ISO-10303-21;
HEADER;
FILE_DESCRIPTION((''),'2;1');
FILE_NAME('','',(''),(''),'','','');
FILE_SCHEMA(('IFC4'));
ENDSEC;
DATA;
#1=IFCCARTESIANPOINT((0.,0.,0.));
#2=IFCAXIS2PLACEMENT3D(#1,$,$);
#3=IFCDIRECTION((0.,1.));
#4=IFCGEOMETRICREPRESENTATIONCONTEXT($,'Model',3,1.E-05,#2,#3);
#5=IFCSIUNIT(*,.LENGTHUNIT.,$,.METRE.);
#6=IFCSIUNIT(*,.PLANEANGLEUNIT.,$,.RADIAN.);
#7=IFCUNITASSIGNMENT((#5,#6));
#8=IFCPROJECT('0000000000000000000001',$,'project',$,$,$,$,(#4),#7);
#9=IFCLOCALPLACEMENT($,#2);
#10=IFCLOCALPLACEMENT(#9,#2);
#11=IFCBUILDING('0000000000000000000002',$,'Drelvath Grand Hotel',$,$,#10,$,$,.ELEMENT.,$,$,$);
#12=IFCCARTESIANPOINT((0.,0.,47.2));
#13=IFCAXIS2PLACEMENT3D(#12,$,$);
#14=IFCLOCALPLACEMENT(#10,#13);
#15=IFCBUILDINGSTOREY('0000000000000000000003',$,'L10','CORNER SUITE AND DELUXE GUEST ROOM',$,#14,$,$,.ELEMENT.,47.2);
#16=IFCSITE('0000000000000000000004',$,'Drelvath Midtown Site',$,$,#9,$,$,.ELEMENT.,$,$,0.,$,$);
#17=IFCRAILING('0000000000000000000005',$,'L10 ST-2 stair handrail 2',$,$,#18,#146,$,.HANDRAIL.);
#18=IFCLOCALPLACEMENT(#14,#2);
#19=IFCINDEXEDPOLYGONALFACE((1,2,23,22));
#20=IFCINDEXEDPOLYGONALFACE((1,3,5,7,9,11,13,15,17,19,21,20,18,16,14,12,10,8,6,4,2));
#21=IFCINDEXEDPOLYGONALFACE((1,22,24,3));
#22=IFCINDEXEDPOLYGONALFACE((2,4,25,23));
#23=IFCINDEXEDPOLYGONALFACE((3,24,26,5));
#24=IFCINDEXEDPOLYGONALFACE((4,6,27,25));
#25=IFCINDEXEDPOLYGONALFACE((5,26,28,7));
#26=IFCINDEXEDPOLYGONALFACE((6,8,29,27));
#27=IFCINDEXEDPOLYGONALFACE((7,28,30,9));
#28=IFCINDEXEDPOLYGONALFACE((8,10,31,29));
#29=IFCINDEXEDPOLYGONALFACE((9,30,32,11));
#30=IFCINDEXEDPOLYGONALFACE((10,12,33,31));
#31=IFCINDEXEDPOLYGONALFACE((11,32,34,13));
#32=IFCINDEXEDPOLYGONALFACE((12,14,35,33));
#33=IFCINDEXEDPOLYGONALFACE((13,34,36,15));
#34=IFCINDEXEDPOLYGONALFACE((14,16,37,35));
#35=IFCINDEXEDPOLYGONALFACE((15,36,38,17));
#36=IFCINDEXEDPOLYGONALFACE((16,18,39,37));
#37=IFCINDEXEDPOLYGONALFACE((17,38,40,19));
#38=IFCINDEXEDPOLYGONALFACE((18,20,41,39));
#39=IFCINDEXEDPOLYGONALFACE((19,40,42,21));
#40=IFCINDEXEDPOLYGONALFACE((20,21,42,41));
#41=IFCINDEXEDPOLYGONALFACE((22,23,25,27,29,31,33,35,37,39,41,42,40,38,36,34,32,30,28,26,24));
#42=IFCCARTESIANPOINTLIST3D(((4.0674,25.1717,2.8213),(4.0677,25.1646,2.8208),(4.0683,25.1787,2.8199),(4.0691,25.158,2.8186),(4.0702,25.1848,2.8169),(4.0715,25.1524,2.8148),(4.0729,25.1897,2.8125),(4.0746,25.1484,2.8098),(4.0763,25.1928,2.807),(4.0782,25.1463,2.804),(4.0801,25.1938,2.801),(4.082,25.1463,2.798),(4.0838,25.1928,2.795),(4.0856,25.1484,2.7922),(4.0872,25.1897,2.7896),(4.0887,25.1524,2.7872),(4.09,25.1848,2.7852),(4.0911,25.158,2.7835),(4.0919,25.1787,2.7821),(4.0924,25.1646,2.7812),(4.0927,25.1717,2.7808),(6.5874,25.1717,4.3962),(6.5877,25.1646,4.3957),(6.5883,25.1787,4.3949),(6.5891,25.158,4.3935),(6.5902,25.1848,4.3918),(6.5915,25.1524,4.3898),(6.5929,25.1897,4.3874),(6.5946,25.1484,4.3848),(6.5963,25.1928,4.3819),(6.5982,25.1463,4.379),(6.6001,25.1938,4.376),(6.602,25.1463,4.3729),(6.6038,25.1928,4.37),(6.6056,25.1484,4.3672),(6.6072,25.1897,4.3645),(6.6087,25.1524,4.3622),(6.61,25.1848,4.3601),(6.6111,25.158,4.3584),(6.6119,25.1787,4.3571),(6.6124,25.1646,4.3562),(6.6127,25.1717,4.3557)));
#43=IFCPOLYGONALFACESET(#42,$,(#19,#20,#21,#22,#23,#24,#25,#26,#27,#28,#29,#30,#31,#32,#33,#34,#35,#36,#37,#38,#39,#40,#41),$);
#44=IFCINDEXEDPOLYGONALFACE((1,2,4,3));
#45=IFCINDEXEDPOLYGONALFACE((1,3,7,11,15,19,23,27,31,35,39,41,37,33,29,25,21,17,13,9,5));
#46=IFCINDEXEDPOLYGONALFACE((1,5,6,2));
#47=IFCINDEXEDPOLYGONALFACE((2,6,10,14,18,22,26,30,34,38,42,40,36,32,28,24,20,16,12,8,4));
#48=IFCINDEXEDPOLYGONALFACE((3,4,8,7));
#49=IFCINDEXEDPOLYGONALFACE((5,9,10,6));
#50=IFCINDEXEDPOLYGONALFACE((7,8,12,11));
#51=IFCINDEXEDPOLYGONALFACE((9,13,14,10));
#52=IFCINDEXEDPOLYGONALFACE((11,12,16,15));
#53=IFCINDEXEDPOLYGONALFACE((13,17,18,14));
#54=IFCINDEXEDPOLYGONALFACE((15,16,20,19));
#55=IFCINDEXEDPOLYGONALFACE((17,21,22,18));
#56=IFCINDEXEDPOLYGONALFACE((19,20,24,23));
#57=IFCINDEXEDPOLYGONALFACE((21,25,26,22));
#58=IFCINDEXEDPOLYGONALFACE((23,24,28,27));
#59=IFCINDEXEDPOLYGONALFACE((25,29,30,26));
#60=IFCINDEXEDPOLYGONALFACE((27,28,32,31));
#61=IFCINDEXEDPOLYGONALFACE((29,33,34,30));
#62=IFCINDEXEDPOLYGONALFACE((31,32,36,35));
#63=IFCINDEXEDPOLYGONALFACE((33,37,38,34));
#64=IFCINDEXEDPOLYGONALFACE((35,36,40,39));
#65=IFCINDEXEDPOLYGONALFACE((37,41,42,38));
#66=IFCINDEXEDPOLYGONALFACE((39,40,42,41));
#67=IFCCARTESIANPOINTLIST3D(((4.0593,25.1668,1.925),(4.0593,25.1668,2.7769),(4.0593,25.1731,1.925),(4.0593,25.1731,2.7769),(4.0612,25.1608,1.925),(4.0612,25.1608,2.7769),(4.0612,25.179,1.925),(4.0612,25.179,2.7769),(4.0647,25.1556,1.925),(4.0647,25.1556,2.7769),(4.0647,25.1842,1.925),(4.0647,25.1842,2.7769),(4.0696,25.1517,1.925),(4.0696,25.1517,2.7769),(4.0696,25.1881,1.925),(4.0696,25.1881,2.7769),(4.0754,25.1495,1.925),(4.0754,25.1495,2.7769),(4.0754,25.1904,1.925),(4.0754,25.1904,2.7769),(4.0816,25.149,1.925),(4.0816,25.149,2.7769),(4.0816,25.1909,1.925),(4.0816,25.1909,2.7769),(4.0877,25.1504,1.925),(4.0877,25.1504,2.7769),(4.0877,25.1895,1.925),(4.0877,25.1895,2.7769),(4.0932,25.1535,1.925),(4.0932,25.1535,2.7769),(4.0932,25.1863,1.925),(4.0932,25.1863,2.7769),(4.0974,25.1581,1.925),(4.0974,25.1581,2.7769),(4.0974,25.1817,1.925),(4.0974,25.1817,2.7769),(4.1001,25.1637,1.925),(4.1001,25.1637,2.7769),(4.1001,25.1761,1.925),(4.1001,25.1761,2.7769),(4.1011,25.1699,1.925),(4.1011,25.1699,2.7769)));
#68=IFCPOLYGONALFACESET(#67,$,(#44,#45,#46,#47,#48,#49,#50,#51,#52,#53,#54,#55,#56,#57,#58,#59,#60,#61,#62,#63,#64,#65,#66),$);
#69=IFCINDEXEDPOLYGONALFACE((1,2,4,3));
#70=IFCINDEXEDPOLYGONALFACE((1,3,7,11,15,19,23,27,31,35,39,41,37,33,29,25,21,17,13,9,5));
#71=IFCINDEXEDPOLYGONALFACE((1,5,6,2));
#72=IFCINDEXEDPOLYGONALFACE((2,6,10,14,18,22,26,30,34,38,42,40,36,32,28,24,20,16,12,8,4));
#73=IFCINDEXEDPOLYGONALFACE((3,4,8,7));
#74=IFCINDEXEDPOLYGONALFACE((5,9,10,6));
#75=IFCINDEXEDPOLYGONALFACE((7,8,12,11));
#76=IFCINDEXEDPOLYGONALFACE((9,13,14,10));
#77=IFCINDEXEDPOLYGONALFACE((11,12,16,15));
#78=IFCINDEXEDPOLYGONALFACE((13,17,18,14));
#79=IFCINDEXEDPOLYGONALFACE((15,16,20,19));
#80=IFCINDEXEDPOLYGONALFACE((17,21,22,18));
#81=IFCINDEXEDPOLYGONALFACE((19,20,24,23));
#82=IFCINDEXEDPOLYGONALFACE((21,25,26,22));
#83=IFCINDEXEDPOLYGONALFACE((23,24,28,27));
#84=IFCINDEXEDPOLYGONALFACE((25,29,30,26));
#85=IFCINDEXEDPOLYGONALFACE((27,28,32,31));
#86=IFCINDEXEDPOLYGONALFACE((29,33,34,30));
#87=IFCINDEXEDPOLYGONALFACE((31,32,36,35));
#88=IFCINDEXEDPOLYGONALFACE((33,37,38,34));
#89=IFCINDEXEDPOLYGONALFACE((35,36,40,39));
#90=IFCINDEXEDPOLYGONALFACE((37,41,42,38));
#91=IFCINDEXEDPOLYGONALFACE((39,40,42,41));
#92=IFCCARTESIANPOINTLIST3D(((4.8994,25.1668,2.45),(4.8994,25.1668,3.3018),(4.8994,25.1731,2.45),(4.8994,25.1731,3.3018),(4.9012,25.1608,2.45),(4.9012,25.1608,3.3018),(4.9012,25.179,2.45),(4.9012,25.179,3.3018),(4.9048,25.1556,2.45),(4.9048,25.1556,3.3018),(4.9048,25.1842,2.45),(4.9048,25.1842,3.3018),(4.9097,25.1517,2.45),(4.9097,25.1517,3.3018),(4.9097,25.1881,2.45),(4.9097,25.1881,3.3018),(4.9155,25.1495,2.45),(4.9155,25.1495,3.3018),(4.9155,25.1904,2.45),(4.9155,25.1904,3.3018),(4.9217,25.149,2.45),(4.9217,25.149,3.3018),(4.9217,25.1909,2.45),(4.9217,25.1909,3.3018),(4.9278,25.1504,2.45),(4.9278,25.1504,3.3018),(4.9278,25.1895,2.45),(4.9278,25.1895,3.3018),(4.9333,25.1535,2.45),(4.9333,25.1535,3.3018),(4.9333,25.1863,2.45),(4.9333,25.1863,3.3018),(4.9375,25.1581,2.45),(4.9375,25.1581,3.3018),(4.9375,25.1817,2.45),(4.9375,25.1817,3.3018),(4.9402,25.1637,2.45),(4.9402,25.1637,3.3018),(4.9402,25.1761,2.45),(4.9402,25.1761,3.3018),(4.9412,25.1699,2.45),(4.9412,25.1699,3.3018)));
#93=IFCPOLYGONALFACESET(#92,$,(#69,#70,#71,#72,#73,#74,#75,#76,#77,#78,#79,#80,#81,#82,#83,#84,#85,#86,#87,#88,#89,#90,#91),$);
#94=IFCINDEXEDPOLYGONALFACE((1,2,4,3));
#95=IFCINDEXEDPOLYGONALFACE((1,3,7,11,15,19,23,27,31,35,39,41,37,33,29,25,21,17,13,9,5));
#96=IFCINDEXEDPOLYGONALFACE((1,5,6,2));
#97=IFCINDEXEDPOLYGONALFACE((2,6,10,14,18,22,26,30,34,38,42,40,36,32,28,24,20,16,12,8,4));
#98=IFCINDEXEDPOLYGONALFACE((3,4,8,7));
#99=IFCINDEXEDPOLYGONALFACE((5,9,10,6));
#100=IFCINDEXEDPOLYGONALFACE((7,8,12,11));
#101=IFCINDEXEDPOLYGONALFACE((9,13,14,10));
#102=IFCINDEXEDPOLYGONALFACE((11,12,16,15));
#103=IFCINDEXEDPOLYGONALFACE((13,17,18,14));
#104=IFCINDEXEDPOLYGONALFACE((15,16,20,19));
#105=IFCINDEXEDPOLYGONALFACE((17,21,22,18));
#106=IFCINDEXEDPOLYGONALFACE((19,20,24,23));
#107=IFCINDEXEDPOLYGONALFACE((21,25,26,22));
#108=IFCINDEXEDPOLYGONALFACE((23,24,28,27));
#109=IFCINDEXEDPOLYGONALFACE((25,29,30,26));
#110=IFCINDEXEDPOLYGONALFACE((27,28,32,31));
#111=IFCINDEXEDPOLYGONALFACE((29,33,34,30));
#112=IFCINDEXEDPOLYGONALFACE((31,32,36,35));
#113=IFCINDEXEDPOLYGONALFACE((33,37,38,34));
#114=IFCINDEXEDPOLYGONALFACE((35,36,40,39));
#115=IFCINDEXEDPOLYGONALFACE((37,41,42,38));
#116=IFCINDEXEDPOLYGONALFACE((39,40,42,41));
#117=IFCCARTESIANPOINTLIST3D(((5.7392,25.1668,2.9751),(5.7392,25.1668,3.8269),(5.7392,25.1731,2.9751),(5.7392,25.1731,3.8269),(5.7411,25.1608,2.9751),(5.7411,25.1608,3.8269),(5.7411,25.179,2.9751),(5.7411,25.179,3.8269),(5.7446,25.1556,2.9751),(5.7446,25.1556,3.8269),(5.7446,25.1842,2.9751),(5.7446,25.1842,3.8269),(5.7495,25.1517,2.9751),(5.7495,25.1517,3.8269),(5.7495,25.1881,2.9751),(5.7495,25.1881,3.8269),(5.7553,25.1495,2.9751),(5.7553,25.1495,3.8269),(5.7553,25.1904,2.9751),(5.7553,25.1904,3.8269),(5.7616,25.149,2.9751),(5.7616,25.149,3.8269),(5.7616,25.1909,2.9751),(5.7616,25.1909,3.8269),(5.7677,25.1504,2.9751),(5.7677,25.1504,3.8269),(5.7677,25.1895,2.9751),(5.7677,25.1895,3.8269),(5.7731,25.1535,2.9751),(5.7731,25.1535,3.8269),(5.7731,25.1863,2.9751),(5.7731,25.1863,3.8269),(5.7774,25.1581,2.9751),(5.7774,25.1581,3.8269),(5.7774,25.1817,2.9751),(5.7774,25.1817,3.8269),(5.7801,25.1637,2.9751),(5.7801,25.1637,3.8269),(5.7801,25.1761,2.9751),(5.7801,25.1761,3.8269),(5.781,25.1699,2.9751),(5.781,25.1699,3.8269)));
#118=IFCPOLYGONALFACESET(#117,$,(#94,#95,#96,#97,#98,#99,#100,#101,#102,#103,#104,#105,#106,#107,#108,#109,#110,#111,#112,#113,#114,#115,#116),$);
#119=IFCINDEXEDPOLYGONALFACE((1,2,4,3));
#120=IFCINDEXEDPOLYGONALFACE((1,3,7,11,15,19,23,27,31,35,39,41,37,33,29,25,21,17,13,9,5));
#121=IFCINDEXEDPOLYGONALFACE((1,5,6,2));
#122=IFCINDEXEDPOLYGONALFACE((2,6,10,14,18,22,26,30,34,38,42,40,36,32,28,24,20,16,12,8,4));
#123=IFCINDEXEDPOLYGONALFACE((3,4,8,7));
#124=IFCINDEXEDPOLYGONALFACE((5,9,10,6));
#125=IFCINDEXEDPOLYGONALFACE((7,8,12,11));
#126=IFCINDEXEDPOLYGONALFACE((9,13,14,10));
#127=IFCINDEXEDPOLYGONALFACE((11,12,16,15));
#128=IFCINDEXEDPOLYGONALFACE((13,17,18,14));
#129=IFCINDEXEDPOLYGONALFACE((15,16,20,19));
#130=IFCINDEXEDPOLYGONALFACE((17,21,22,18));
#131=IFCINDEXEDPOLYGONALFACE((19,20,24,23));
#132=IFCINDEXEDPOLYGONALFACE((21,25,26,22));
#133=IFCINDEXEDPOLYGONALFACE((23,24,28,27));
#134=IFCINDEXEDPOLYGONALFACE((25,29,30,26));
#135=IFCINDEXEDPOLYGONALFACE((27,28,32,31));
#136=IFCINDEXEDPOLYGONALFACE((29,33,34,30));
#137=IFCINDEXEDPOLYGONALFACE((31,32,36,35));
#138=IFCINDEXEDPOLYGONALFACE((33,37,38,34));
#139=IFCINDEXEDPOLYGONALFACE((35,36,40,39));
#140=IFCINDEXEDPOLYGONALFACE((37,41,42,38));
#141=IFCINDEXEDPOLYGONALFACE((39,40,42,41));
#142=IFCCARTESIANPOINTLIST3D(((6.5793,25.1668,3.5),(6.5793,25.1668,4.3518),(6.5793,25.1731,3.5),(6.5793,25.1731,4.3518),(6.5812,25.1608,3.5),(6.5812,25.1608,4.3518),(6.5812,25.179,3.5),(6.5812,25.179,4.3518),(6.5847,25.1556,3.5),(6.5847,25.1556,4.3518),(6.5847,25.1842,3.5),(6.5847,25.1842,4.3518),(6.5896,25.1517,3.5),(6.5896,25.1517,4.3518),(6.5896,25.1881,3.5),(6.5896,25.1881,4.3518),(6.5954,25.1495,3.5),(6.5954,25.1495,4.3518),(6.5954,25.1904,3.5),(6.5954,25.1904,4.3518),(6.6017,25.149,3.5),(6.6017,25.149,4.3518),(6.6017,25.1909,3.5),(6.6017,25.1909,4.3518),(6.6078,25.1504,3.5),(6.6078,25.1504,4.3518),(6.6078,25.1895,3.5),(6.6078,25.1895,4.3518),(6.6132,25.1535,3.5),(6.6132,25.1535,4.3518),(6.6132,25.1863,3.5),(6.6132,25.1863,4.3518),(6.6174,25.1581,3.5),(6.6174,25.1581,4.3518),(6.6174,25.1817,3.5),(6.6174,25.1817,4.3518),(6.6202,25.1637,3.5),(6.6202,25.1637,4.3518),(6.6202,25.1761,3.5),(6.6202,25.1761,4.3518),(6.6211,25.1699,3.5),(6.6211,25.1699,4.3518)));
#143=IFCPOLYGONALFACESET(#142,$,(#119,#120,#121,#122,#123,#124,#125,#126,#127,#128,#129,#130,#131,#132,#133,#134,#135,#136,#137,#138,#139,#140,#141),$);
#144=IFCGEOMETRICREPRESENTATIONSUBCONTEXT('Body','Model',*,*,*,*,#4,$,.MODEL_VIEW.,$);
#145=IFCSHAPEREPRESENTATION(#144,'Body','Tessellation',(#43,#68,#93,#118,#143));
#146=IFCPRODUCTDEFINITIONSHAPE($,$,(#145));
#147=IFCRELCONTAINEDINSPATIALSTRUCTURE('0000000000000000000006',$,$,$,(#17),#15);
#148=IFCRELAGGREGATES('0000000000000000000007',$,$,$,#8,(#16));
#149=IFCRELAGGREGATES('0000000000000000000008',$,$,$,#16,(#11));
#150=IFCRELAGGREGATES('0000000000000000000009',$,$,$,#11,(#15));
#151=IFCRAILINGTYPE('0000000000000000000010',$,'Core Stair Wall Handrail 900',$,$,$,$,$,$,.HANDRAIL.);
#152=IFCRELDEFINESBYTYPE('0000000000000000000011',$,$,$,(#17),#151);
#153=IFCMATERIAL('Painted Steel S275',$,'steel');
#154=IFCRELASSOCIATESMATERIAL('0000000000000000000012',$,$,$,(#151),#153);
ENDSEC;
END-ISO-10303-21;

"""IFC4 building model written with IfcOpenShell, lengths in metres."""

from ifc_helpers import new_model, si_unit, direction, frame, origin, origin_2d, place, context, subcontext, project, spatial, circle, extrude, material, type_object, element, save


model = new_model("IFC4")

# Units and contexts
model_context = context("Model", 3, precision=1e-05, world=origin(), true_north=direction((0.0, 1.0)))
body_context = subcontext(model_context, "Body", "Model", "MODEL_VIEW")
ifc_project = project(units=[si_unit("LENGTHUNIT", "METRE"), si_unit("PLANEANGLEUNIT", "RADIAN")], contexts=[model_context])

# Site, building, storey
site_placement = place(None, origin())
site = spatial("IfcSite", under=ifc_project, at=site_placement, Name="Drelvath Midtown Site", CompositionType="ELEMENT", RefElevation=0.0)
building_placement = place(site_placement, origin())
building = spatial("IfcBuilding", under=site, at=building_placement, Name="Drelvath Grand Hotel", CompositionType="ELEMENT")
storey_placement = place(building_placement, frame((0.0, 0.0, 47.2)))
storey = spatial("IfcBuildingStorey", under=building, at=storey_placement, Name="L10", Description="CORNER SUITE AND DELUXE GUEST ROOM", CompositionType="ELEMENT", Elevation=47.2)

# Shared definitions
ifc_material_1 = material(Name="Painted Steel S275", Category="steel")

# Railing
railing_type_1 = type_object("IfcRailingType", Name="Core Stair Wall Handrail 900", PredefinedType="HANDRAIL", material=ifc_material_1)
railing_1_placement = place(storey_placement, frame((4.0801, 25.1699, 1.925)))
element("IfcRailing", 1, at=railing_1_placement, inside=storey, type_object=railing_type_1, Name="L10 ST-2 stair handrail 2", PredefinedType="HANDRAIL", context=body_context, shape_type="SweptSolid", body=[
    extrude(circle(Radius=0.0239, at=origin_2d()), frame((0.0, 0.0, 0.876), z_axis=(0.848008, 0.0, 0.529984), x_axis=(0.0, 1.0, 0.0)), (0.0, 0.0, 1.0), 2.9717),
    extrude(circle(Radius=0.021, at=origin_2d()), origin(), (0.0, 0.0, 1.0), 0.8518),
    extrude(circle(Radius=0.021, at=origin_2d()), frame((0.8401, 0.0, 0.5249)), (0.0, 0.0, 1.0), 0.8518),
    extrude(circle(Radius=0.021, at=origin_2d()), frame((1.6799, 0.0, 1.05)), (0.0, 0.0, 1.0), 0.8518),
    extrude(circle(Radius=0.021, at=origin_2d()), frame((2.52, 0.0, 1.575)), (0.0, 0.0, 1.0), 0.8518),
])

save(model, "model.ifc")
